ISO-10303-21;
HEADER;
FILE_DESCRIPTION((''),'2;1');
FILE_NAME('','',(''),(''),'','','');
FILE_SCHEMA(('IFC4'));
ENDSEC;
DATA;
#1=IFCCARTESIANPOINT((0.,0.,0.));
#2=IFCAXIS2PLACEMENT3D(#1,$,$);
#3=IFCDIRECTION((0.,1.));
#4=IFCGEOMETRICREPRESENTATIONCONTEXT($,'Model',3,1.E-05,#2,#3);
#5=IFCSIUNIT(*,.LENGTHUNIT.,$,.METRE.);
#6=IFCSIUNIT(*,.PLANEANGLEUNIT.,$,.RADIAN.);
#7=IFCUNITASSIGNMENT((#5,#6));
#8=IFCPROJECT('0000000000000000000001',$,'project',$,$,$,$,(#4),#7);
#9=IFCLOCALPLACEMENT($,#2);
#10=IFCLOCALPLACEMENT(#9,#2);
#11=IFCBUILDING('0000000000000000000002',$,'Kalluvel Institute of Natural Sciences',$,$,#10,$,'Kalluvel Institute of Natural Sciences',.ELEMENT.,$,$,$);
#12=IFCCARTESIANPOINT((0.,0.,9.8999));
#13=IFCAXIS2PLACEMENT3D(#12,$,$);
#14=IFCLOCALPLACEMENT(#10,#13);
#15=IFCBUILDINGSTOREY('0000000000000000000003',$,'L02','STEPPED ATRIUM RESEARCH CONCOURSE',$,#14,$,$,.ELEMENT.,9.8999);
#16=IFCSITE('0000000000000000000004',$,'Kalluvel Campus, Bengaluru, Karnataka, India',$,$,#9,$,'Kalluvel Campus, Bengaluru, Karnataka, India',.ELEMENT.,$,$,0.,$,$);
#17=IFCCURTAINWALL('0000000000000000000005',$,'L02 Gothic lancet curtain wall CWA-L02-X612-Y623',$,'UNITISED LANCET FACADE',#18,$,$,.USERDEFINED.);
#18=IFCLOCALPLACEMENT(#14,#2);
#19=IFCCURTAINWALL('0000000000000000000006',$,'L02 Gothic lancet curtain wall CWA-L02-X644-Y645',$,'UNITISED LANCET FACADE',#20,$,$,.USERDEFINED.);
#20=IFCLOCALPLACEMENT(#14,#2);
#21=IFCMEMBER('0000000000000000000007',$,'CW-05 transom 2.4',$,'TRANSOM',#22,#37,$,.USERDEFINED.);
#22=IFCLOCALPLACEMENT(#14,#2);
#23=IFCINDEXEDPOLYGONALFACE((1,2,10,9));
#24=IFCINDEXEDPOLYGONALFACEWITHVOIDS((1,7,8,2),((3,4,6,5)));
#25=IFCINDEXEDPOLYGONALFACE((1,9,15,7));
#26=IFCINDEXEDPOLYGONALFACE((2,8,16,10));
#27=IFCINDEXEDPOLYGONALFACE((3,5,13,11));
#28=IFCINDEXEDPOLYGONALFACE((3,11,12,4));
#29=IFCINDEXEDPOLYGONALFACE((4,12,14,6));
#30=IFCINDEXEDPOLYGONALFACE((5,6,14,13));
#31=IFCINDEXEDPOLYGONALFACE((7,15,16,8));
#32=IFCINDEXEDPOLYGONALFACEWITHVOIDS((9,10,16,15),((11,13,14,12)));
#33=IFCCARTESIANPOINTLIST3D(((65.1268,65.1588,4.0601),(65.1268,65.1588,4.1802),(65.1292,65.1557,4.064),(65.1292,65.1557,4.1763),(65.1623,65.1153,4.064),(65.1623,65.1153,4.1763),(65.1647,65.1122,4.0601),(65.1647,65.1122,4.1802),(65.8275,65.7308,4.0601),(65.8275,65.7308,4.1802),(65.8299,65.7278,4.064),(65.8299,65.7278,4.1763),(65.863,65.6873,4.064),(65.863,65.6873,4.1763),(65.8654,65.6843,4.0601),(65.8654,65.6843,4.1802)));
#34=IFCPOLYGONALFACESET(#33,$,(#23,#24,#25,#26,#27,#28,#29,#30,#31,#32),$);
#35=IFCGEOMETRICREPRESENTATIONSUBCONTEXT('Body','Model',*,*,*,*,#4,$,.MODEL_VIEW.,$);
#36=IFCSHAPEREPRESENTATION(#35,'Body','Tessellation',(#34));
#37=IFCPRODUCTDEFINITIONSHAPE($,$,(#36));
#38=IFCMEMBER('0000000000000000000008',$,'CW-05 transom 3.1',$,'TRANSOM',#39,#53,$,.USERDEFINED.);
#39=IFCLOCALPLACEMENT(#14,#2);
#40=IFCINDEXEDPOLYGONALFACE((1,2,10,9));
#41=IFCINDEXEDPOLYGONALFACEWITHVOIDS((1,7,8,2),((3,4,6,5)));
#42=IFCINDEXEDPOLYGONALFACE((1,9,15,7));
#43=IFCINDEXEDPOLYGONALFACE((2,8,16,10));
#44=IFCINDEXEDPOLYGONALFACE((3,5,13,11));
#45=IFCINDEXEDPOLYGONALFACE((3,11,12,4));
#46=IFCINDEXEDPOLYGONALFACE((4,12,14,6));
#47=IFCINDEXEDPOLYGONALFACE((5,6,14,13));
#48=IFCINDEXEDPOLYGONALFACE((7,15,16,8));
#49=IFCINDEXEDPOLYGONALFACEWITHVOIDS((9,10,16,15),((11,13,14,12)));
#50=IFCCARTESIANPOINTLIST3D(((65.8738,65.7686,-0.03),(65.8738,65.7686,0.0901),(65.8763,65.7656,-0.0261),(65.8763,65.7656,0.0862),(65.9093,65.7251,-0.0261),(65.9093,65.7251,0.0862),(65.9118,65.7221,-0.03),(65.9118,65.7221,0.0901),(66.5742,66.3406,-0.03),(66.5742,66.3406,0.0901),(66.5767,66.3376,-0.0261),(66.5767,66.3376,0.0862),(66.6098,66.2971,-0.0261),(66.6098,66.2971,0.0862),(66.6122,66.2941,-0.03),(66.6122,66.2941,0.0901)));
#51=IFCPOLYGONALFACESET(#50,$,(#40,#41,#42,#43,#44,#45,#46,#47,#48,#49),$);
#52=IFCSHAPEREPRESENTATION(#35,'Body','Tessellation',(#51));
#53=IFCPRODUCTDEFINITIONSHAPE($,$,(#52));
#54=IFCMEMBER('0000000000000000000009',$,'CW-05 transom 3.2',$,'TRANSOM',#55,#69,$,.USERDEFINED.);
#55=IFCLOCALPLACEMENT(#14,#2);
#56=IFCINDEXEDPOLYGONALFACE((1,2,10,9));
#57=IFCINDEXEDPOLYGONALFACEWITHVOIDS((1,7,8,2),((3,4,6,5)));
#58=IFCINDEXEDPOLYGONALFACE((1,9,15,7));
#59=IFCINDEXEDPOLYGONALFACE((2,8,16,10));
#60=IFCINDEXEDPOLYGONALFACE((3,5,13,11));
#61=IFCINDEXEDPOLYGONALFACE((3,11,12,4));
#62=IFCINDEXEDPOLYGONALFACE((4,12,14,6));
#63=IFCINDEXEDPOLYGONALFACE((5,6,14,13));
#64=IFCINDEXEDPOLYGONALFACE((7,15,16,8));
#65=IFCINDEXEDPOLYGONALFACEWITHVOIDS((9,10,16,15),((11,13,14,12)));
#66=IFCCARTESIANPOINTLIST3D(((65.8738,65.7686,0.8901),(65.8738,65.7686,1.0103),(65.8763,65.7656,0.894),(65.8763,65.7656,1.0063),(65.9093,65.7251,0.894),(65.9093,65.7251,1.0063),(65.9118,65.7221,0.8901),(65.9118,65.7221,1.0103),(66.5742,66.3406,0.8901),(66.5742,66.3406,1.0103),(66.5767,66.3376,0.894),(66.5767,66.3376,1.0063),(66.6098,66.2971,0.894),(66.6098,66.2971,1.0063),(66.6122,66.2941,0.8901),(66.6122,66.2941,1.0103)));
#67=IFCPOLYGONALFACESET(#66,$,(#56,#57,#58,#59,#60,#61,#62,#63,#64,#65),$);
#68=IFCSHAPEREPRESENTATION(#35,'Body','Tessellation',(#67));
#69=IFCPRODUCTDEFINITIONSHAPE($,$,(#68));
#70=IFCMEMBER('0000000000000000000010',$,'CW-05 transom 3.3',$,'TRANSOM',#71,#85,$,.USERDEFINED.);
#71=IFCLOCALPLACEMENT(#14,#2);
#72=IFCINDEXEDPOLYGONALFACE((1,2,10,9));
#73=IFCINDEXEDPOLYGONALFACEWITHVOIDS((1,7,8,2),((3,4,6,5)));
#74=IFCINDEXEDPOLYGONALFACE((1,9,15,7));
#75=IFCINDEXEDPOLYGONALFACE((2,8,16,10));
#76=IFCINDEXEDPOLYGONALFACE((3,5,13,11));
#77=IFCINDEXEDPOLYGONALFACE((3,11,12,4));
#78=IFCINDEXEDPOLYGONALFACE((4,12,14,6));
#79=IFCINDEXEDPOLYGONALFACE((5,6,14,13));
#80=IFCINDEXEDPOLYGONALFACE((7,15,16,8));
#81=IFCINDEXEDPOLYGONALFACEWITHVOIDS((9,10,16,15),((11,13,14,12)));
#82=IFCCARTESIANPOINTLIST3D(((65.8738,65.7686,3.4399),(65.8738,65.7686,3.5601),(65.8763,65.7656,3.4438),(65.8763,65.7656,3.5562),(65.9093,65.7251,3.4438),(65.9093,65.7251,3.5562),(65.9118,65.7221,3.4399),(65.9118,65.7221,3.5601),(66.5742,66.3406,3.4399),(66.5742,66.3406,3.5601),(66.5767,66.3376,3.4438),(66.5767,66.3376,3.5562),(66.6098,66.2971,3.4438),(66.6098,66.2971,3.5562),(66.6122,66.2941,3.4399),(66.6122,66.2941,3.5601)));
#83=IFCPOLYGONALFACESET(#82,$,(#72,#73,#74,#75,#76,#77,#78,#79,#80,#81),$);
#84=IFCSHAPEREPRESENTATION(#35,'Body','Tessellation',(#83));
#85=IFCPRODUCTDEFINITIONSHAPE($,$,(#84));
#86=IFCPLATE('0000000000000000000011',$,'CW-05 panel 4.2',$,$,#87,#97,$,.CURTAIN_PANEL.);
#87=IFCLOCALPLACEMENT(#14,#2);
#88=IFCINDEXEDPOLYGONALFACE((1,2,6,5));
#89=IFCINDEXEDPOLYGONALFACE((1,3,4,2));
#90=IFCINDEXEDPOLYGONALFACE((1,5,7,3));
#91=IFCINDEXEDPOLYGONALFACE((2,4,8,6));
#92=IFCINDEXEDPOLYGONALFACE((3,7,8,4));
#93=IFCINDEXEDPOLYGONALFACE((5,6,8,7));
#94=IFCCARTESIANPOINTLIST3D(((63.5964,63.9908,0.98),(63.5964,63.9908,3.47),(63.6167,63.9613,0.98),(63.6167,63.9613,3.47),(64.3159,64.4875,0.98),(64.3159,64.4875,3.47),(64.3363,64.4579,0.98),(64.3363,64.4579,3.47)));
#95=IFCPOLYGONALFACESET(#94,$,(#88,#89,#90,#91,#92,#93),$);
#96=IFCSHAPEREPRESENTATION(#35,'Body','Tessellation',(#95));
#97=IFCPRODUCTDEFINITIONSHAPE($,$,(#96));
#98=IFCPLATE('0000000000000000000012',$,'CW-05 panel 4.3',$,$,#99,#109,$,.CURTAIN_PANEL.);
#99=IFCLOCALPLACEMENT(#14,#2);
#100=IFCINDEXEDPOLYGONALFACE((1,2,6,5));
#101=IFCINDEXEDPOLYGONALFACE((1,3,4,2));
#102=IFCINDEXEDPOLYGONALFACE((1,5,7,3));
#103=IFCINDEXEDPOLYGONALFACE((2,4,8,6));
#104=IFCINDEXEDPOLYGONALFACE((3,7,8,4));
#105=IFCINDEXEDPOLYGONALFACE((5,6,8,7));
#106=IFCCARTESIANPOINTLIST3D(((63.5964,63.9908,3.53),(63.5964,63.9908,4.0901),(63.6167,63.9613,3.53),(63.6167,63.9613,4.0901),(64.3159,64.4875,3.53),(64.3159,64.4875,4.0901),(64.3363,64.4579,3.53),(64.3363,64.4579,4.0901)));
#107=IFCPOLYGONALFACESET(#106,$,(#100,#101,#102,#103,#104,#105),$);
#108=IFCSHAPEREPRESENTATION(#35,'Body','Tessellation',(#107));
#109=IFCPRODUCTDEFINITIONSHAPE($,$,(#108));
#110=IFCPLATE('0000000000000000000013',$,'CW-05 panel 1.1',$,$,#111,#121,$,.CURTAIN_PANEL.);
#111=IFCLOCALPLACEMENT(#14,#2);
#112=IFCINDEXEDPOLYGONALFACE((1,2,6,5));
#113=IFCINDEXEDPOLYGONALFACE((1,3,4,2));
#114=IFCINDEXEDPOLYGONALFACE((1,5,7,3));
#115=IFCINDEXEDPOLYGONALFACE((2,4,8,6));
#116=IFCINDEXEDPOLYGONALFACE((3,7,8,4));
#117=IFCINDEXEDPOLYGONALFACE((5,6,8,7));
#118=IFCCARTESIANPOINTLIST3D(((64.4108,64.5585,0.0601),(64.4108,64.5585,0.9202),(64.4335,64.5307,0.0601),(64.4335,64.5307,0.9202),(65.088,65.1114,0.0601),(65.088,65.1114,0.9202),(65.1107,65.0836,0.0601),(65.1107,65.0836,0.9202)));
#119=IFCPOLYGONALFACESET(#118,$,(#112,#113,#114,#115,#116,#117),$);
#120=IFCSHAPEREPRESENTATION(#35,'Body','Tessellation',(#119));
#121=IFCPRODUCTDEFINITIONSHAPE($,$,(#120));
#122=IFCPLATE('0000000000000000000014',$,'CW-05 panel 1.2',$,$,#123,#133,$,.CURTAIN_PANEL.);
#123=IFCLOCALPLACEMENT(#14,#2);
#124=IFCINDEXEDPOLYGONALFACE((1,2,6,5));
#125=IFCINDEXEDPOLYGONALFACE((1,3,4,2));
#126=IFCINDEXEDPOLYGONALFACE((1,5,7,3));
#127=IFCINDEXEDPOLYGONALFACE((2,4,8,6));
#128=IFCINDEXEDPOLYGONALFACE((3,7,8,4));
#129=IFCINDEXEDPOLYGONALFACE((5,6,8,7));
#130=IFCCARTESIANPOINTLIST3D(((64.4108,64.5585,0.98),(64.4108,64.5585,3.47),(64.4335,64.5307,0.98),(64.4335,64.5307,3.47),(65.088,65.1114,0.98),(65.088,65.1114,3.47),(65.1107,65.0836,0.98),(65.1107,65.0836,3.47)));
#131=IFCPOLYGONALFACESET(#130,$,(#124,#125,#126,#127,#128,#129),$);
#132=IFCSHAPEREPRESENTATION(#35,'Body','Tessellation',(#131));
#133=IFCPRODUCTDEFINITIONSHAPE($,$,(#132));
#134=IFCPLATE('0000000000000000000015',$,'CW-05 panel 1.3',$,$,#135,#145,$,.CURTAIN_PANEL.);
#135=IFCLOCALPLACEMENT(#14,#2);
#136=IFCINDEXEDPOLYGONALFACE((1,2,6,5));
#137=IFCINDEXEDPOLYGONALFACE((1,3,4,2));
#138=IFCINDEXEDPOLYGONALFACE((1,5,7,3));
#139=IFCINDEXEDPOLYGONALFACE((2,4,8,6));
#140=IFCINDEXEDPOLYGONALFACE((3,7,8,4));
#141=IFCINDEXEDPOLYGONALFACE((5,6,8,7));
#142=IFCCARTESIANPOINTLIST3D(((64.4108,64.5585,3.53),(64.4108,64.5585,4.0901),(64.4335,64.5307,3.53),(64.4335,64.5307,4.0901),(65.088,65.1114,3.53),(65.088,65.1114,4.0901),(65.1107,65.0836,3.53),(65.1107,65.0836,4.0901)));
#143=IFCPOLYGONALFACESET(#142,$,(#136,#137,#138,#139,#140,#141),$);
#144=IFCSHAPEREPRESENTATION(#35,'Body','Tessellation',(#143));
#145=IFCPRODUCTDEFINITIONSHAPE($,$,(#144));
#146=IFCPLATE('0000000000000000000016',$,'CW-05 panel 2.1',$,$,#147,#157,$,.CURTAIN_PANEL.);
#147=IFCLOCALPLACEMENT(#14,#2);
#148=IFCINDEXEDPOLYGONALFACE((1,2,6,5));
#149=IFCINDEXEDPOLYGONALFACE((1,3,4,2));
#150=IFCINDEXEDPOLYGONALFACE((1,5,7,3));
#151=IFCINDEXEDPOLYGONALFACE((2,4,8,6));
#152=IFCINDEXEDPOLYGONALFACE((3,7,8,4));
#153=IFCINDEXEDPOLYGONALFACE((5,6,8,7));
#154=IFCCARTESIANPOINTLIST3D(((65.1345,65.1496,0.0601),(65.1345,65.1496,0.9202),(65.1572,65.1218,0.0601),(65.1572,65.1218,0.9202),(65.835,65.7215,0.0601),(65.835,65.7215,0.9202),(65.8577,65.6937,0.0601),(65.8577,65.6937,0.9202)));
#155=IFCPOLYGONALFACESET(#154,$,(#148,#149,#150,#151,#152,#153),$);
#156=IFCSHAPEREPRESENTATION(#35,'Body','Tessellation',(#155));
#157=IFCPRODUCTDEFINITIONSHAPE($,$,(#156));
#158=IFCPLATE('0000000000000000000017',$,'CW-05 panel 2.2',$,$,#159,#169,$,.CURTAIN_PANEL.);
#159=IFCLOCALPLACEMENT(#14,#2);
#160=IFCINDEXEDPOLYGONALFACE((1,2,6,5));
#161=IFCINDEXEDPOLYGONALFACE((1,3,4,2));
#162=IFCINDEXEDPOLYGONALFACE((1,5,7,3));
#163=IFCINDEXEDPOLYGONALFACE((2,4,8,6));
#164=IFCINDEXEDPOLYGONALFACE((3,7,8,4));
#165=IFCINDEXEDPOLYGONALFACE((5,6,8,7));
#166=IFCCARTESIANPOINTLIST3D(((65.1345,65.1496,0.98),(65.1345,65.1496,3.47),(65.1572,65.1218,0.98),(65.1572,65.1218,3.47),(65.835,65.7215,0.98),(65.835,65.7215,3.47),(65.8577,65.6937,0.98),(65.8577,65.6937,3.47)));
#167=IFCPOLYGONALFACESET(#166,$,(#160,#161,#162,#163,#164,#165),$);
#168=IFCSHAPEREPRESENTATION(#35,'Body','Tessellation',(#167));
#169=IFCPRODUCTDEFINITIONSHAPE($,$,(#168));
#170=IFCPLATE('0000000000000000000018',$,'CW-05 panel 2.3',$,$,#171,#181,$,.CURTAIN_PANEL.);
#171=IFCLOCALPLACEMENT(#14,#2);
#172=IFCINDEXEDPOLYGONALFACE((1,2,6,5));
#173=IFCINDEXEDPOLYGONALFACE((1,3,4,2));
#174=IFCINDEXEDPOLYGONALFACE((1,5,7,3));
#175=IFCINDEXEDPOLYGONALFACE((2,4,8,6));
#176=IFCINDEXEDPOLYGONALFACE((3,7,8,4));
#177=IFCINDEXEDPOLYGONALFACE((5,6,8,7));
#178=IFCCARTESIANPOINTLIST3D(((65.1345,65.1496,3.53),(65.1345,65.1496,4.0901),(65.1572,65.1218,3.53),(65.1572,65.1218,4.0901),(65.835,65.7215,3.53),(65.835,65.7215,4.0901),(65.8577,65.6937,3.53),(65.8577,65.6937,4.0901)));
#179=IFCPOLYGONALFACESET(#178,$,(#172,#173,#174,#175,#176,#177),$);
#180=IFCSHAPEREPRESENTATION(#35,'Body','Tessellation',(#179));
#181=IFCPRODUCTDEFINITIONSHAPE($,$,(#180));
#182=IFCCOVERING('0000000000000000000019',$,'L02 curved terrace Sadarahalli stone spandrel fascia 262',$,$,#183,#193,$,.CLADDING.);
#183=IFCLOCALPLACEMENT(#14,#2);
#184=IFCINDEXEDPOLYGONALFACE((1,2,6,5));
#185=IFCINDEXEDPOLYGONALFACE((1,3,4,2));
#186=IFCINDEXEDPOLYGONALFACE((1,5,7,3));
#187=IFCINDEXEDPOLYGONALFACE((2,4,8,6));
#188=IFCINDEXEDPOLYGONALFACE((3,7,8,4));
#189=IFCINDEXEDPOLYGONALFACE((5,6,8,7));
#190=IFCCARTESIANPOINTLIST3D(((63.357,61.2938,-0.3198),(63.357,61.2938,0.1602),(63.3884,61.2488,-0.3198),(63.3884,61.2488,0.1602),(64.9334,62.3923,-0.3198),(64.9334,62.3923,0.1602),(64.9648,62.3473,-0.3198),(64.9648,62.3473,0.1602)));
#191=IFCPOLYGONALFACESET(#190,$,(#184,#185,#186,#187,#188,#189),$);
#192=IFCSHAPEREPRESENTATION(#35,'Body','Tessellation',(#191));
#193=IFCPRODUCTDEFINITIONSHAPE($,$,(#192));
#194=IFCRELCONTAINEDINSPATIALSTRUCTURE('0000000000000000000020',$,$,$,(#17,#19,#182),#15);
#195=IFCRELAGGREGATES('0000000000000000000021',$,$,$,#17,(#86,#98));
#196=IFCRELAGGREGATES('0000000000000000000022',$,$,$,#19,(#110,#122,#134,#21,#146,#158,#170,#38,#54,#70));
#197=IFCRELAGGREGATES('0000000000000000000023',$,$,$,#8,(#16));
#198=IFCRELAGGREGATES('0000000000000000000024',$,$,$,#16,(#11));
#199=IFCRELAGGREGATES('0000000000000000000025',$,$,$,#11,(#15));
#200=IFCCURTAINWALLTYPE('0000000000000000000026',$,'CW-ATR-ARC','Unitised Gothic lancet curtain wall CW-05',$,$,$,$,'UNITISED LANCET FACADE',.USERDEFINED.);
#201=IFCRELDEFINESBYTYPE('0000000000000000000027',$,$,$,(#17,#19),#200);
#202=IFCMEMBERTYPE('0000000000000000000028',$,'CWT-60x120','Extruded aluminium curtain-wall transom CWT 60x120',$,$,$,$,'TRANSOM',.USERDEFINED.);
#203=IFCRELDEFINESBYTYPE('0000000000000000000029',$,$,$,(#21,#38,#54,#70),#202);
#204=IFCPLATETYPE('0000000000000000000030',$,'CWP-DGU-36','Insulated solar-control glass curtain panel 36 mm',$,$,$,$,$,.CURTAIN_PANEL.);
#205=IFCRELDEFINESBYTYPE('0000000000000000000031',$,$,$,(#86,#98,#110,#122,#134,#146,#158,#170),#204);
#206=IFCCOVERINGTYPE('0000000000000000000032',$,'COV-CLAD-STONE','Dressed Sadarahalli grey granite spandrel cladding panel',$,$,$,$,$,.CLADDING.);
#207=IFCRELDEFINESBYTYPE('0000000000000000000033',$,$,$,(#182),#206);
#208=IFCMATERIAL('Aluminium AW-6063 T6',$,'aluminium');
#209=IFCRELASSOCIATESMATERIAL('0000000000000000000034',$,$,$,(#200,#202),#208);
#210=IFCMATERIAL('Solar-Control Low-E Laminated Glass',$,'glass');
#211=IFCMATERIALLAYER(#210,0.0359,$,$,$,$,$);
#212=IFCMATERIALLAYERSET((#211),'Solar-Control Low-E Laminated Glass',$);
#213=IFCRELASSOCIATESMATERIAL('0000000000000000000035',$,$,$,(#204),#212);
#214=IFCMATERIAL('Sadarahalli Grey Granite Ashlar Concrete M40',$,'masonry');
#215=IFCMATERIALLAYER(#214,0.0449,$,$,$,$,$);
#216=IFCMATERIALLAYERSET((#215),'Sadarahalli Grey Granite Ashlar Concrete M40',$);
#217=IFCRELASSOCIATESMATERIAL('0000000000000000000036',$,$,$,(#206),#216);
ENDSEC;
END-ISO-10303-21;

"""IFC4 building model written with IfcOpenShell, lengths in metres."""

from ifc_helpers import new_model, si_unit, direction, frame, origin, origin_2d, place, context, subcontext, project, spatial, rectangle, hollow_rectangle, extrude, material, layer, layer_set, material_profile, profile_set, type_object, element, aggregate, save


model = new_model("IFC4")

# Units and contexts
model_context = context("Model", 3, precision=1e-05, world=origin(), true_north=direction((0.0, 1.0)))
body_context = subcontext(model_context, "Body", "Model", "MODEL_VIEW")
ifc_project = project(units=[si_unit("LENGTHUNIT", "METRE"), si_unit("PLANEANGLEUNIT", "RADIAN")], contexts=[model_context])

# Site, building, storey
site_placement = place(None, origin())
site = spatial("IfcSite", under=ifc_project, at=site_placement, Name="Kalluvel Campus, Bengaluru, Karnataka, India", LongName="Kalluvel Campus, Bengaluru, Karnataka, India", CompositionType="ELEMENT", RefElevation=0.0)
building_placement = place(site_placement, origin())
building = spatial("IfcBuilding", under=site, at=building_placement, Name="Kalluvel Institute of Natural Sciences", LongName="Kalluvel Institute of Natural Sciences", CompositionType="ELEMENT")
storey_placement = place(building_placement, frame((0.0, 0.0, 9.8999)))
storey = spatial("IfcBuildingStorey", under=building, at=storey_placement, Name="L02", Description="STEPPED ATRIUM RESEARCH CONCOURSE", CompositionType="ELEMENT", Elevation=9.8999)

# Curtain wall
ifc_material_1 = material(Name="Aluminium AW-6063 T6", Category="aluminium")
curtain_wall_type = type_object("IfcCurtainWallType", Name="CW-ATR-ARC", Description="Unitised Gothic lancet curtain wall CW-05", ElementType="UNITISED LANCET FACADE", PredefinedType="USERDEFINED", material=ifc_material_1)
curtain_wall_1_placement = place(storey_placement, origin())
curtain_wall_1 = element("IfcCurtainWall", 1, at=curtain_wall_1_placement, inside=storey, type_object=curtain_wall_type, Name="L02 Gothic lancet curtain wall CWA-L02-X612-Y623", ObjectType="UNITISED LANCET FACADE", PredefinedType="USERDEFINED")

# Curtain wall, members
curtain_wall_2_placement = place(storey_placement, origin())
curtain_wall_2 = element("IfcCurtainWall", 2, at=curtain_wall_2_placement, inside=storey, type_object=curtain_wall_type, Name="L02 Gothic lancet curtain wall CWA-L02-X644-Y645", ObjectType="UNITISED LANCET FACADE", PredefinedType="USERDEFINED")
ifc_material_profile_1 = material_profile(ifc_material_1, hollow_rectangle(XDim=0.0601, YDim=0.1201, WallThickness=0.0039, at=origin_2d()), Name="CWT 60x120")
ifc_profile_set_1 = profile_set([ifc_material_profile_1], Name="Aluminium AW-6063 T6")
member_type_1 = type_object("IfcMemberType", Name="CWT-60x120", Description="Extruded aluminium curtain-wall transom CWT 60x120", ElementType="TRANSOM", PredefinedType="USERDEFINED", material=ifc_profile_set_1)
member_1_placement = place(storey_placement, frame((65.1458, 65.1355, 4.1201), z_axis=(0.774642, 0.6324, 0.0), x_axis=(-0.6324, 0.774642, 0.0)))
member_1 = element("IfcMember", 3, at=member_1_placement, type_object=member_type_1, Name="CW-05 transom 2.4", ObjectType="TRANSOM", PredefinedType="USERDEFINED", context=body_context, shape_type="SweptSolid", body=[
    extrude(hollow_rectangle(XDim=0.0601, YDim=0.1201, WallThickness=0.0039, at=origin_2d()), origin(), (0.0, 0.0, 1.0), 0.9045),
])
member_2_placement = place(storey_placement, frame((65.8928, 65.7454, 0.03), z_axis=(0.774534, 0.632532, 0.0), x_axis=(-0.632532, 0.774534, 0.0)))
member_2 = element("IfcMember", 4, at=member_2_placement, type_object=member_type_1, Name="CW-05 transom 3.1", ObjectType="TRANSOM", PredefinedType="USERDEFINED", context=body_context, shape_type="SweptSolid", body=[
    extrude(hollow_rectangle(XDim=0.0601, YDim=0.1201, WallThickness=0.0039, at=origin_2d()), origin(), (0.0, 0.0, 1.0), 0.9043),
])
member_3_placement = place(storey_placement, frame((65.8928, 65.7454, 0.9502), z_axis=(0.774534, 0.632532, 0.0), x_axis=(-0.632532, 0.774534, 0.0)))
member_3 = element("IfcMember", 5, at=member_3_placement, type_object=member_type_1, Name="CW-05 transom 3.2", ObjectType="TRANSOM", PredefinedType="USERDEFINED", context=body_context, shape_type="SweptSolid", body=[
    extrude(hollow_rectangle(XDim=0.0601, YDim=0.1201, WallThickness=0.0039, at=origin_2d()), origin(), (0.0, 0.0, 1.0), 0.9043),
])
member_4_placement = place(storey_placement, frame((65.8928, 65.7454, 3.5), z_axis=(0.774534, 0.632532, 0.0), x_axis=(-0.632532, 0.774534, 0.0)))
member_4 = element("IfcMember", 6, at=member_4_placement, type_object=member_type_1, Name="CW-05 transom 3.3", ObjectType="TRANSOM", PredefinedType="USERDEFINED", context=body_context, shape_type="SweptSolid", body=[
    extrude(hollow_rectangle(XDim=0.0601, YDim=0.1201, WallThickness=0.0039, at=origin_2d()), origin(), (0.0, 0.0, 1.0), 0.9043),
])

# Plates
ifc_material_2 = material(Name="Solar-Control Low-E Laminated Glass", Category="glass")
ifc_layer_1 = layer(ifc_material_2, 0.0359)
ifc_layer_set_1 = layer_set([ifc_layer_1], Name="Solar-Control Low-E Laminated Glass")
plate_type = type_object("IfcPlateType", Name="CWP-DGU-36", Description="Insulated solar-control glass curtain panel 36 mm", PredefinedType="CURTAIN_PANEL", material=ifc_layer_set_1)
plate_1_placement = place(storey_placement, frame((63.9663, 64.2244, 0.98), z_axis=(0.0, 0.0, 1.0), x_axis=(0.822988, 0.568058, 0.0)))
plate_1 = element("IfcPlate", 7, at=plate_1_placement, type_object=plate_type, Name="CW-05 panel 4.2", PredefinedType="CURTAIN_PANEL", context=body_context, shape_type="SweptSolid", body=[
    extrude(rectangle(XDim=0.8743, YDim=0.0359, at=origin_2d()), origin(), (0.0, 0.0, 1.0), 2.49),
])
plate_2_placement = place(storey_placement, frame((63.9663, 64.2244, 3.53), z_axis=(0.0, 0.0, 1.0), x_axis=(0.822988, 0.568058, 0.0)))
plate_2 = element("IfcPlate", 8, at=plate_2_placement, type_object=plate_type, Name="CW-05 panel 4.3", PredefinedType="CURTAIN_PANEL", context=body_context, shape_type="SweptSolid", body=[
    extrude(rectangle(XDim=0.8743, YDim=0.0359, at=origin_2d()), origin(), (0.0, 0.0, 1.0), 0.5601),
])
aggregate(curtain_wall_1, [plate_1, plate_2])
plate_3_placement = place(storey_placement, frame((64.7607, 64.821, 0.0601), z_axis=(0.0, 0.0, 1.0), x_axis=(0.774608, 0.632441, 0.0)))
plate_3 = element("IfcPlate", 9, at=plate_3_placement, type_object=plate_type, Name="CW-05 panel 1.1", PredefinedType="CURTAIN_PANEL", context=body_context, shape_type="SweptSolid", body=[
    extrude(rectangle(XDim=0.8743, YDim=0.0359, at=origin_2d()), origin(), (0.0, 0.0, 1.0), 0.8601),
])
plate_4_placement = place(storey_placement, frame((64.7607, 64.821, 0.98), z_axis=(0.0, 0.0, 1.0), x_axis=(0.774608, 0.632441, 0.0)))
plate_4 = element("IfcPlate", 10, at=plate_4_placement, type_object=plate_type, Name="CW-05 panel 1.2", PredefinedType="CURTAIN_PANEL", context=body_context, shape_type="SweptSolid", body=[
    extrude(rectangle(XDim=0.8743, YDim=0.0359, at=origin_2d()), origin(), (0.0, 0.0, 1.0), 2.49),
])
plate_5_placement = place(storey_placement, frame((64.7607, 64.821, 3.53), z_axis=(0.0, 0.0, 1.0), x_axis=(0.774608, 0.632441, 0.0)))
plate_5 = element("IfcPlate", 11, at=plate_5_placement, type_object=plate_type, Name="CW-05 panel 1.3", PredefinedType="CURTAIN_PANEL", context=body_context, shape_type="SweptSolid", body=[
    extrude(rectangle(XDim=0.8743, YDim=0.0359, at=origin_2d()), origin(), (0.0, 0.0, 1.0), 0.5601),
])
plate_6_placement = place(storey_placement, frame((65.4961, 65.4216, 0.0601), z_axis=(0.0, 0.0, 1.0), x_axis=(0.774608, 0.632441, 0.0)))
plate_6 = element("IfcPlate", 12, at=plate_6_placement, type_object=plate_type, Name="CW-05 panel 2.1", PredefinedType="CURTAIN_PANEL", context=body_context, shape_type="SweptSolid", body=[
    extrude(rectangle(XDim=0.9043, YDim=0.0359, at=origin_2d()), origin(), (0.0, 0.0, 1.0), 0.8601),
])
plate_7_placement = place(storey_placement, frame((65.4961, 65.4216, 0.98), z_axis=(0.0, 0.0, 1.0), x_axis=(0.774608, 0.632441, 0.0)))
plate_7 = element("IfcPlate", 13, at=plate_7_placement, type_object=plate_type, Name="CW-05 panel 2.2", PredefinedType="CURTAIN_PANEL", context=body_context, shape_type="SweptSolid", body=[
    extrude(rectangle(XDim=0.9043, YDim=0.0359, at=origin_2d()), origin(), (0.0, 0.0, 1.0), 2.49),
])
plate_8_placement = place(storey_placement, frame((65.4961, 65.4216, 3.53), z_axis=(0.0, 0.0, 1.0), x_axis=(0.774608, 0.632441, 0.0)))
plate_8 = element("IfcPlate", 14, at=plate_8_placement, type_object=plate_type, Name="CW-05 panel 2.3", PredefinedType="CURTAIN_PANEL", context=body_context, shape_type="SweptSolid", body=[
    extrude(rectangle(XDim=0.9043, YDim=0.0359, at=origin_2d()), origin(), (0.0, 0.0, 1.0), 0.5601),
])
aggregate(curtain_wall_2, [plate_3, plate_4, plate_5, member_1, plate_6, plate_7, plate_8, member_2, member_3, member_4])

# Covering
ifc_material_3 = material(Name="Sadarahalli Grey Granite Ashlar Concrete M40", Category="masonry")
ifc_layer_2 = layer(ifc_material_3, 0.0449)
ifc_layer_set_2 = layer_set([ifc_layer_2], Name="Sadarahalli Grey Granite Ashlar Concrete M40")
covering_type = type_object("IfcCoveringType", Name="COV-CLAD-STONE", Description="Dressed Sadarahalli grey granite spandrel cladding panel", PredefinedType="CLADDING", material=ifc_layer_set_2)
for number, where, z_axis, x_axis, name in (
    (15, (64.1609, 61.8206, -0.3198), (0.0, 0.0, 1.0), (0.820451, 0.571716, 0.0), "L02 curved terrace Sadarahalli stone spandrel fascia 262"),
):
    element("IfcCovering", number, at=place(storey_placement, frame(where, z_axis=z_axis, x_axis=x_axis)), inside=storey, type_object=covering_type, Name=name, PredefinedType="CLADDING", context=body_context, shape_type="SweptSolid", body=[
        extrude(rectangle(XDim=1.9214, YDim=0.0549, at=origin_2d()), origin(), (0.0, 0.0, 1.0), 0.48),
    ])

save(model, "model.ifc")
